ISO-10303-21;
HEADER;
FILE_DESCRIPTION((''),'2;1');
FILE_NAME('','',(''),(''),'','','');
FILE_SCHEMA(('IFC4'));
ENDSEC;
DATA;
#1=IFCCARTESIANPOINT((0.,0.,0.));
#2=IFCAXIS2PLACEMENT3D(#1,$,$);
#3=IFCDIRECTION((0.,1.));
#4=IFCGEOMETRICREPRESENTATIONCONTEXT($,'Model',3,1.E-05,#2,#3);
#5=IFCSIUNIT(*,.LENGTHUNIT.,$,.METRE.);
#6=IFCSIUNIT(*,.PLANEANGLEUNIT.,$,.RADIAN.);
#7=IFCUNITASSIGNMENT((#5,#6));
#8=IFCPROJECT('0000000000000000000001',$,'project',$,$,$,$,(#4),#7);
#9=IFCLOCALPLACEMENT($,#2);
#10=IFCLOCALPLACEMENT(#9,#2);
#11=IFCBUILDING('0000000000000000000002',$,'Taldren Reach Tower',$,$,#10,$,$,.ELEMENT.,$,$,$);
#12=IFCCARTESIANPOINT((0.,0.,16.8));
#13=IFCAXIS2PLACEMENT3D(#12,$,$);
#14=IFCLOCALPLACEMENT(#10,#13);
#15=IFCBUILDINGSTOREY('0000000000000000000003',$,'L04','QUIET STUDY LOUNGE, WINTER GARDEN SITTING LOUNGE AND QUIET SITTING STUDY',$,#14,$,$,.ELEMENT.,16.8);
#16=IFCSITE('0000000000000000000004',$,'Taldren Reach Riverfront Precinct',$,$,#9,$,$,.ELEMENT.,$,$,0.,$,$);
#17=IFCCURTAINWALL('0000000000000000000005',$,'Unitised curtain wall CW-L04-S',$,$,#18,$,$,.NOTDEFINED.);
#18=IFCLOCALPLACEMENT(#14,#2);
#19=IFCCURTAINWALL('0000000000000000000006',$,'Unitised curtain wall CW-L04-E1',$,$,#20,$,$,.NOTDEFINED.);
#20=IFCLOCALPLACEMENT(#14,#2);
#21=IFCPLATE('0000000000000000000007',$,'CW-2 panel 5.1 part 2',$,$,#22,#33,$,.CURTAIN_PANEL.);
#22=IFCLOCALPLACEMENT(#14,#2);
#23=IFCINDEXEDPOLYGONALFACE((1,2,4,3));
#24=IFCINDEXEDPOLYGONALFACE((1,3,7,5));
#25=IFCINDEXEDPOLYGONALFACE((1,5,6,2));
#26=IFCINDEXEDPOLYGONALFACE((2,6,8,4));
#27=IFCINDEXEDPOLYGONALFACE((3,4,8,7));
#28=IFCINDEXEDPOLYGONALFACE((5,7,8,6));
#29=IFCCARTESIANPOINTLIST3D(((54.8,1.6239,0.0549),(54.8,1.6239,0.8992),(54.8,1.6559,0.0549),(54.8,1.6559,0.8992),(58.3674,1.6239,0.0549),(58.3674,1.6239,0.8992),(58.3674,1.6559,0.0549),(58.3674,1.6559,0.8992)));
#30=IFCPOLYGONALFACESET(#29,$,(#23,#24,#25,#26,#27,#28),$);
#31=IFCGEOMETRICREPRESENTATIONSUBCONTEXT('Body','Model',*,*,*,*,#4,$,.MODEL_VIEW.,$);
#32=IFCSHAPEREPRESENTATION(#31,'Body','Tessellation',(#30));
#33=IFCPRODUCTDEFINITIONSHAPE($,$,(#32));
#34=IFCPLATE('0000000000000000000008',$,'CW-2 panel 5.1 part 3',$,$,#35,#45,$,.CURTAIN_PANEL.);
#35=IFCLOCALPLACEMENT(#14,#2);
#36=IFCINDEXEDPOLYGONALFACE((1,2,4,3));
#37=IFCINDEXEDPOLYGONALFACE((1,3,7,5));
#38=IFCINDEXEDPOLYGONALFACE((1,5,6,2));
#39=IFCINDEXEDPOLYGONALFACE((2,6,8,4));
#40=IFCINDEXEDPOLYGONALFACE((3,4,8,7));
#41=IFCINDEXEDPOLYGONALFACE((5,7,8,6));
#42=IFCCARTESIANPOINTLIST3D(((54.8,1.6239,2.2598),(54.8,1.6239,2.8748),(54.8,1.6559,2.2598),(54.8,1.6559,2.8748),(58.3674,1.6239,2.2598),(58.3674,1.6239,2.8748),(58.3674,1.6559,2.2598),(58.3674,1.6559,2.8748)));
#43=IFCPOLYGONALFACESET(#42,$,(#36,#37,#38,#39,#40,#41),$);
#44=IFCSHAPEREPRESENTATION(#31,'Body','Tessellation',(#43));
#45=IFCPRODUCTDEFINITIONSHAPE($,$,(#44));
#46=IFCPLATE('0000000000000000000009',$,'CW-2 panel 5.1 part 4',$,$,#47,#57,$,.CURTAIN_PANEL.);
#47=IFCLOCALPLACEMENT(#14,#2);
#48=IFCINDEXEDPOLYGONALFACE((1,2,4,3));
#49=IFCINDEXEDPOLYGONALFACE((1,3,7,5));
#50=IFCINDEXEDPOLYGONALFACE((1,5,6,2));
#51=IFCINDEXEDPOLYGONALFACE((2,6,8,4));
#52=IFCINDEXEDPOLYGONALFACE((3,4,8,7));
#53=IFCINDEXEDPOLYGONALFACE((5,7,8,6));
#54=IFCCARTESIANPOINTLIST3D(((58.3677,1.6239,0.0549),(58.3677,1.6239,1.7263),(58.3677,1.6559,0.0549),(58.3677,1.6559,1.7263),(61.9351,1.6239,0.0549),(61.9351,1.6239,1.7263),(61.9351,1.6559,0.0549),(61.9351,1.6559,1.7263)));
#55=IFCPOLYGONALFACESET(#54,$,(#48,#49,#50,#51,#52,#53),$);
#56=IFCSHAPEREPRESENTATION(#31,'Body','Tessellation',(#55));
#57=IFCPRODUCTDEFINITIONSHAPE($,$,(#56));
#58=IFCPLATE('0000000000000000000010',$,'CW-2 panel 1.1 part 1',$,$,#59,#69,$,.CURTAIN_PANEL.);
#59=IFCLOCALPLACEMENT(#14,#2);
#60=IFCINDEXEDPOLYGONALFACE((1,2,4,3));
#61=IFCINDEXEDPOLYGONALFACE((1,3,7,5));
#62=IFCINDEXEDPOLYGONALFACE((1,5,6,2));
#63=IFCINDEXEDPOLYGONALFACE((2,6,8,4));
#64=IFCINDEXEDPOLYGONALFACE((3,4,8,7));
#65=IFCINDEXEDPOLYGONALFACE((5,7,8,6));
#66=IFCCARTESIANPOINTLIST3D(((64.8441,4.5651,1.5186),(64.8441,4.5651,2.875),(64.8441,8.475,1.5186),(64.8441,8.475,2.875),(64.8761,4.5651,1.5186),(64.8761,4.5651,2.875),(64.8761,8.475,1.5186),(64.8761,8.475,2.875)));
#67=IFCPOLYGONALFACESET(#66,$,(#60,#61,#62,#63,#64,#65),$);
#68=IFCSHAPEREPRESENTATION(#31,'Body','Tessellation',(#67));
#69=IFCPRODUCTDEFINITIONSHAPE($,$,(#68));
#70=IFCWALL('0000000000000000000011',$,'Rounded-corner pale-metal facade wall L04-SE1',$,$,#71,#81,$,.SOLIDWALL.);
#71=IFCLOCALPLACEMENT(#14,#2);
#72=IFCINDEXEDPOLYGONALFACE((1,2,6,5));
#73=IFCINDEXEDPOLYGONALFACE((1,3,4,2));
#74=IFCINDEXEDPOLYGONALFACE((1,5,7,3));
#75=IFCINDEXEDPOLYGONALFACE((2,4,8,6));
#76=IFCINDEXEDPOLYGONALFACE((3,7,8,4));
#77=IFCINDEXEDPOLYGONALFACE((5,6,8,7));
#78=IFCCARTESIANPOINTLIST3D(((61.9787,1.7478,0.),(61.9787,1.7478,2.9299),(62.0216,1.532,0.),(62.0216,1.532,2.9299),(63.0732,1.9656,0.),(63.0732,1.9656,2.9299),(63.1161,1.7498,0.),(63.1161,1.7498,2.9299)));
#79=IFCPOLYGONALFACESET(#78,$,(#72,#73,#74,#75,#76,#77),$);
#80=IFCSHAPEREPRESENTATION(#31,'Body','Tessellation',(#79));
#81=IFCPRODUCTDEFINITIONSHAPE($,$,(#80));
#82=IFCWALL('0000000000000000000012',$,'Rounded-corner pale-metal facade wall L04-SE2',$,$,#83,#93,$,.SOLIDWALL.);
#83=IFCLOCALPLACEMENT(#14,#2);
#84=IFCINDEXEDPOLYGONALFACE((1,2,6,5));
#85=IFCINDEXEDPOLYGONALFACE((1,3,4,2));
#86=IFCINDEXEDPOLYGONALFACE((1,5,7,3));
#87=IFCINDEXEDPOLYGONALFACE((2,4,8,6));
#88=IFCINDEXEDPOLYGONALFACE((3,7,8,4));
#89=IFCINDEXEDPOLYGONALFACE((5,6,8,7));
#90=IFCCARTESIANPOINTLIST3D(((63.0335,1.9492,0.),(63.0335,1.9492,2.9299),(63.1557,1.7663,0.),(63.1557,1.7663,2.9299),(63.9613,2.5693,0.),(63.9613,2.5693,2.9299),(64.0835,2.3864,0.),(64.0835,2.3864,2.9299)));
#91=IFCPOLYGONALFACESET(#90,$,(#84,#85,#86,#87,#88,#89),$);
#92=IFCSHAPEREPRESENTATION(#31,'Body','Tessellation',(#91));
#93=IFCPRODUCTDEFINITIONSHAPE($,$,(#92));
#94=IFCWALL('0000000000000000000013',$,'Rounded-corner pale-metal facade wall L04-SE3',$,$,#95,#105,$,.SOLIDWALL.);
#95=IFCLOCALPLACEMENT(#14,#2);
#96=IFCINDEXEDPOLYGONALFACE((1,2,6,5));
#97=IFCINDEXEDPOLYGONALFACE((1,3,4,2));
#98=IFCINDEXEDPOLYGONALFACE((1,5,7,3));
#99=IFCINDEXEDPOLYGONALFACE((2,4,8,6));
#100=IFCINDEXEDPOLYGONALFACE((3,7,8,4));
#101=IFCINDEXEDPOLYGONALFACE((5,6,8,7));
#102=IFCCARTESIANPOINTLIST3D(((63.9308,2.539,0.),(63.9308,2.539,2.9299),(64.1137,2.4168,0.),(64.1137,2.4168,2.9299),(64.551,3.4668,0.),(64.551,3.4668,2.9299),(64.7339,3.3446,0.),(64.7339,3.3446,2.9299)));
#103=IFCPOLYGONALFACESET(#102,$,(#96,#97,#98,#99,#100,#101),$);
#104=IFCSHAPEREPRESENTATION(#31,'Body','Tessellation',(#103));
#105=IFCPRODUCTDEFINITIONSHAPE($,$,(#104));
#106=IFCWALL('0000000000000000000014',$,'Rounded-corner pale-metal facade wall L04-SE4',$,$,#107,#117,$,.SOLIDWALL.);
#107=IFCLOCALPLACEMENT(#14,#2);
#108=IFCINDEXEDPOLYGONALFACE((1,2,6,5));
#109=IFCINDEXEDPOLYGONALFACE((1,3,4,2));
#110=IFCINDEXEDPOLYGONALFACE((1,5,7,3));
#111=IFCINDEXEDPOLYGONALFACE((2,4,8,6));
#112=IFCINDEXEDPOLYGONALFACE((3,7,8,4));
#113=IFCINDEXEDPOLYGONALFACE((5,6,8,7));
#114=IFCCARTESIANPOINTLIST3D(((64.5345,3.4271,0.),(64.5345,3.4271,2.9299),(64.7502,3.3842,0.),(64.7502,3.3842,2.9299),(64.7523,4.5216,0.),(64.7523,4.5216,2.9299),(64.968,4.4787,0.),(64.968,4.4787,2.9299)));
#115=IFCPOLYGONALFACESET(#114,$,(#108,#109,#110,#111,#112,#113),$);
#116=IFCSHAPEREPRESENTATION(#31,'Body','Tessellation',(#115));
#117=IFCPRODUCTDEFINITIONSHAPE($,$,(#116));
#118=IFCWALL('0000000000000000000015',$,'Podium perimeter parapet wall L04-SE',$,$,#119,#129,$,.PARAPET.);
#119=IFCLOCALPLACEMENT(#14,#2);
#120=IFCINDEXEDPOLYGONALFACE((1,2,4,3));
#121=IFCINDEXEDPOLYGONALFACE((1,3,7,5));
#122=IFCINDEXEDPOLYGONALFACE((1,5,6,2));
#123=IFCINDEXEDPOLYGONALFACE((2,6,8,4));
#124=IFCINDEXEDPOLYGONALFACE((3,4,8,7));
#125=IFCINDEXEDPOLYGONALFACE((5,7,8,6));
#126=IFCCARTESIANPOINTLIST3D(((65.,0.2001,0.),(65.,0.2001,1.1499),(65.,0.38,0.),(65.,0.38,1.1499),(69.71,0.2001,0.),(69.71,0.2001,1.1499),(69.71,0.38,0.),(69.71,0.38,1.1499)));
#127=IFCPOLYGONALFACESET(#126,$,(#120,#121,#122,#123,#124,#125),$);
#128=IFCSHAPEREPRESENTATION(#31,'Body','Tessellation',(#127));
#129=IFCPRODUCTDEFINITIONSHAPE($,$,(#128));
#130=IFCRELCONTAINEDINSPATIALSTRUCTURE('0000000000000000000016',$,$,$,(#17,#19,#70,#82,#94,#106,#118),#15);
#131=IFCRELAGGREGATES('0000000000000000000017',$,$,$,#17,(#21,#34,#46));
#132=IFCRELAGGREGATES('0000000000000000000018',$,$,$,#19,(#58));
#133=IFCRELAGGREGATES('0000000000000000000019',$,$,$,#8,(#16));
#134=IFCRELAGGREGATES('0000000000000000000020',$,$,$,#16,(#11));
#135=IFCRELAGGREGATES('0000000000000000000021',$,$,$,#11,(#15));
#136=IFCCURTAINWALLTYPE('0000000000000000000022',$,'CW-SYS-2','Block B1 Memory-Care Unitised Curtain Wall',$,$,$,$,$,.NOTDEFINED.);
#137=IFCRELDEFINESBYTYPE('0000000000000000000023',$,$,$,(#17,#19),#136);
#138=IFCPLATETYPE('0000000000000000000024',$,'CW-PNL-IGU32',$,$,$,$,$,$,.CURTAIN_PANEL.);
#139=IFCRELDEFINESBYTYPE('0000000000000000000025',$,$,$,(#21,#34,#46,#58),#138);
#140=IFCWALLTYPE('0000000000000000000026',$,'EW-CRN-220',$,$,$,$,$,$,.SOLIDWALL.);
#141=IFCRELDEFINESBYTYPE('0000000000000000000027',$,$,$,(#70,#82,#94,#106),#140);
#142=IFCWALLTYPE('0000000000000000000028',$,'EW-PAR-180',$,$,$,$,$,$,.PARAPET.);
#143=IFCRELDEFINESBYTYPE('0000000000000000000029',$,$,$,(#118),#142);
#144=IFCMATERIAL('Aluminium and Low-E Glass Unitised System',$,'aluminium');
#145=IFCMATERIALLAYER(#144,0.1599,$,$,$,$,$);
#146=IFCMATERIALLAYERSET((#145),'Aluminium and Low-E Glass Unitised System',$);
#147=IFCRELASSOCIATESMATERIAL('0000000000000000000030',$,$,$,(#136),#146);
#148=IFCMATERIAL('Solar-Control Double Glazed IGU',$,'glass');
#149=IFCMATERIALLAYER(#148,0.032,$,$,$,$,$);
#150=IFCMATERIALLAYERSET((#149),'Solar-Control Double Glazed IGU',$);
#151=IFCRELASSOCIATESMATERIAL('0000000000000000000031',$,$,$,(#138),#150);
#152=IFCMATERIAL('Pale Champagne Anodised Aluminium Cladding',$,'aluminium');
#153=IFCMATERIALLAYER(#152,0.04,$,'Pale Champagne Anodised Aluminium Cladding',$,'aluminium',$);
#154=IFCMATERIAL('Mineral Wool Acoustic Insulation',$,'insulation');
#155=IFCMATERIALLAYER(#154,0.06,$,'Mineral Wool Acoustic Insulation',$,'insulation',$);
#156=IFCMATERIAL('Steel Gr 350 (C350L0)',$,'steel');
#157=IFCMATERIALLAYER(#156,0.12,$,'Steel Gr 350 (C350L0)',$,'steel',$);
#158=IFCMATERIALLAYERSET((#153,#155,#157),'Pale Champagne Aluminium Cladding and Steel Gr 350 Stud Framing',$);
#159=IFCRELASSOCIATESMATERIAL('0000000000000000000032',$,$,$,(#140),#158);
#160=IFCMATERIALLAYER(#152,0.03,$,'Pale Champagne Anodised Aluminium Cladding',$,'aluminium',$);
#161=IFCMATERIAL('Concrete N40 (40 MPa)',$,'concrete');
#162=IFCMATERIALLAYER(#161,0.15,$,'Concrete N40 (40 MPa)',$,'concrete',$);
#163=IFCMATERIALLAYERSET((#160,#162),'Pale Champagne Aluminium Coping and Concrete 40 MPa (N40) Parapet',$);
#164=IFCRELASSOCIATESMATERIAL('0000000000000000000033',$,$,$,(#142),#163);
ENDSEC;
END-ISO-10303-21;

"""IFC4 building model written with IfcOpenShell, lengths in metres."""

from ifc_helpers import new_model, si_unit, direction, frame, frame_2d, origin, origin_2d, place, context, subcontext, project, spatial, rectangle, extrude, source, transform, mapped, material, layer, layer_set, type_object, element, aggregate, save


model = new_model("IFC4")

# Units and contexts
model_context = context("Model", 3, precision=1e-05, world=origin(), true_north=direction((0.0, 1.0)))
body_context = subcontext(model_context, "Body", "Model", "MODEL_VIEW")
ifc_project = project(units=[si_unit("LENGTHUNIT", "METRE"), si_unit("PLANEANGLEUNIT", "RADIAN")], contexts=[model_context])

# Site, building, storey
site_placement = place(None, origin())
site = spatial("IfcSite", under=ifc_project, at=site_placement, Name="Taldren Reach Riverfront Precinct", CompositionType="ELEMENT", RefElevation=0.0)
building_placement = place(site_placement, origin())
building = spatial("IfcBuilding", under=site, at=building_placement, Name="Taldren Reach Tower", CompositionType="ELEMENT")
storey_placement = place(building_placement, frame((0.0, 0.0, 16.8)))
storey = spatial("IfcBuildingStorey", under=building, at=storey_placement, Name="L04", Description="QUIET STUDY LOUNGE, WINTER GARDEN SITTING LOUNGE AND QUIET SITTING STUDY", CompositionType="ELEMENT", Elevation=16.8)

# Shared definitions
ifc_material_1 = material(Name="Steel Gr 350 (C350L0)", Category="steel")

# Curtain wall
ifc_material_2 = material(Name="Aluminium and Low-E Glass Unitised System", Category="aluminium")
ifc_layer_1 = layer(ifc_material_2, 0.1599)
ifc_layer_set_1 = layer_set([ifc_layer_1], Name="Aluminium and Low-E Glass Unitised System")
curtain_wall_type = type_object("IfcCurtainWallType", Name="CW-SYS-2", Description="Block B1 Memory-Care Unitised Curtain Wall", PredefinedType="NOTDEFINED", material=ifc_layer_set_1)
curtain_wall_1_placement = place(storey_placement, origin())
curtain_wall_1 = element("IfcCurtainWall", 1, at=curtain_wall_1_placement, inside=storey, type_object=curtain_wall_type, Name="Unitised curtain wall CW-L04-S", PredefinedType="NOTDEFINED")

# Curtain wall
curtain_wall_2_placement = place(storey_placement, origin())
curtain_wall_2 = element("IfcCurtainWall", 2, at=curtain_wall_2_placement, inside=storey, type_object=curtain_wall_type, Name="Unitised curtain wall CW-L04-E1", PredefinedType="NOTDEFINED")

# Plates
ifc_material_3 = material(Name="Solar-Control Double Glazed IGU", Category="glass")
ifc_layer_2 = layer(ifc_material_3, 0.032)
ifc_layer_set_2 = layer_set([ifc_layer_2], Name="Solar-Control Double Glazed IGU")
plate_type_1 = type_object("IfcPlateType", Name="CW-PNL-IGU32", PredefinedType="CURTAIN_PANEL", material=ifc_layer_set_2)
shared_shape_1 = source(origin(), body_context, "Body", "SweptSolid", [
    extrude(rectangle(XDim=3.5674, YDim=0.032, at=origin_2d()), origin(), (0.0, 0.0, 1.0), 0.8442),
])
plate_1_placement = place(storey_placement, frame((56.5837, 1.6399, 0.0549), z_axis=(0.0, 0.0, 1.0), x_axis=(1.0, 0.0, 0.0)))
plate_1 = element("IfcPlate", 3, at=plate_1_placement, type_object=plate_type_1, Name="CW-2 panel 5.1 part 2", PredefinedType="CURTAIN_PANEL", context=body_context, shape_type="MappedRepresentation", body=[
    mapped(shared_shape_1, transform((0.0, 0.0, 0.0), scale=1.0)),
])
shared_shape_2 = source(origin(), body_context, "Body", "SweptSolid", [
    extrude(rectangle(XDim=3.5674, YDim=0.032, at=origin_2d()), origin(), (0.0, 0.0, 1.0), 0.615),
])
plate_2_placement = place(storey_placement, frame((56.5837, 1.6399, 2.2598), z_axis=(0.0, 0.0, 1.0), x_axis=(1.0, 0.0, 0.0)))
plate_2 = element("IfcPlate", 4, at=plate_2_placement, type_object=plate_type_1, Name="CW-2 panel 5.1 part 3", PredefinedType="CURTAIN_PANEL", context=body_context, shape_type="MappedRepresentation", body=[
    mapped(shared_shape_2, transform((0.0, 0.0, 0.0), scale=1.0)),
])
shared_shape_3 = source(origin(), body_context, "Body", "SweptSolid", [
    extrude(rectangle(XDim=3.5674, YDim=0.032, at=origin_2d()), origin(), (0.0, 0.0, 1.0), 1.6714),
])
plate_3_placement = place(storey_placement, frame((60.1514, 1.6399, 0.0549), z_axis=(0.0, 0.0, 1.0), x_axis=(1.0, 0.0, 0.0)))
plate_3 = element("IfcPlate", 5, at=plate_3_placement, type_object=plate_type_1, Name="CW-2 panel 5.1 part 4", PredefinedType="CURTAIN_PANEL", context=body_context, shape_type="MappedRepresentation", body=[
    mapped(shared_shape_3, transform((0.0, 0.0, 0.0), scale=1.0)),
])
aggregate(curtain_wall_1, [plate_1, plate_2, plate_3])
shared_shape_4 = source(origin(), body_context, "Body", "SweptSolid", [
    extrude(rectangle(XDim=3.9099, YDim=0.032, at=origin_2d()), origin(), (0.0, 0.0, 1.0), 1.3564),
])
plate_4_placement = place(storey_placement, frame((64.8601, 6.52, 1.5186), z_axis=(0.0, 0.0, 1.0), x_axis=(0.0, 1.0, 0.0)))
plate_4 = element("IfcPlate", 6, at=plate_4_placement, type_object=plate_type_1, Name="CW-2 panel 1.1 part 1", PredefinedType="CURTAIN_PANEL", context=body_context, shape_type="MappedRepresentation", body=[
    mapped(shared_shape_4, transform((0.0, 0.0, 0.0), scale=1.0)),
])
aggregate(curtain_wall_2, [plate_4])

# Walls
ifc_material_4 = material(Name="Pale Champagne Anodised Aluminium Cladding", Category="aluminium")
ifc_layer_3 = layer(ifc_material_4, 0.04, Name="Pale Champagne Anodised Aluminium Cladding", Category="aluminium")
ifc_material_5 = material(Name="Mineral Wool Acoustic Insulation", Category="insulation")
ifc_layer_4 = layer(ifc_material_5, 0.06, Name="Mineral Wool Acoustic Insulation", Category="insulation")
ifc_layer_5 = layer(ifc_material_1, 0.12, Name="Steel Gr 350 (C350L0)", Category="steel")
ifc_layer_set_3 = layer_set([ifc_layer_3, ifc_layer_4, ifc_layer_5], Name="Pale Champagne Aluminium Cladding and Steel Gr 350 Stud Framing")
wall_type_1 = type_object("IfcWallType", Name="EW-CRN-220", PredefinedType="SOLIDWALL", material=ifc_layer_set_3)
shared_shape_5 = source(origin(), body_context, "Body", "SweptSolid", [
    extrude(rectangle(XDim=1.116, YDim=0.22, at=frame_2d((0.5581, 0.0))), origin(), (0.0, 0.0, 1.0), 2.9299),
])
for number, where, z_axis, x_axis, name in (
    (7, (62.0, 1.6399, 0.0), (0.0, 0.0, 1.0), (0.980774, 0.195148, 0.0), "Rounded-corner pale-metal facade wall L04-SE1"),
    (8, (63.0945, 1.8577, 0.0), (0.0, 0.0, 1.0), (0.831377, 0.55571, 0.0), "Rounded-corner pale-metal facade wall L04-SE2"),
    (9, (64.0222, 2.4778, 0.0), (0.0, 0.0, 1.0), (0.55571, 0.831377, 0.0), "Rounded-corner pale-metal facade wall L04-SE3"),
    (10, (64.6423, 3.4055, 0.0), (0.0, 0.0, 1.0), (0.195148, 0.980774, 0.0), "Rounded-corner pale-metal facade wall L04-SE4"),
):
    element("IfcWall", number, at=place(storey_placement, frame(where, z_axis=z_axis, x_axis=x_axis)), inside=storey, type_object=wall_type_1, Name=name, PredefinedType="SOLIDWALL", context=body_context, shape_type="MappedRepresentation", body=[
        mapped(shared_shape_5, transform((0.0, 0.0, 0.0), scale=1.0)),
    ])
ifc_layer_6 = layer(ifc_material_4, 0.03, Name="Pale Champagne Anodised Aluminium Cladding", Category="aluminium")
ifc_material_6 = material(Name="Concrete N40 (40 MPa)", Category="concrete")
ifc_layer_7 = layer(ifc_material_6, 0.15, Name="Concrete N40 (40 MPa)", Category="concrete")
ifc_layer_set_4 = layer_set([ifc_layer_6, ifc_layer_7], Name="Pale Champagne Aluminium Coping and Concrete 40 MPa (N40) Parapet")
wall_type_2 = type_object("IfcWallType", Name="EW-PAR-180", PredefinedType="PARAPET", material=ifc_layer_set_4)
shared_shape_6 = source(origin(), body_context, "Body", "SweptSolid", [
    extrude(rectangle(XDim=4.71, YDim=0.1799, at=frame_2d((2.355, 0.0))), origin(), (0.0, 0.0, 1.0), 1.1499),
])
wall_placement = place(storey_placement, frame((65.0, 0.29, 0.0), z_axis=(0.0, 0.0, 1.0), x_axis=(1.0, 0.0, 0.0)))
element("IfcWall", 11, at=wall_placement, inside=storey, type_object=wall_type_2, Name="Podium perimeter parapet wall L04-SE", PredefinedType="PARAPET", context=body_context, shape_type="MappedRepresentation", body=[
    mapped(shared_shape_6, transform((0.0, 0.0, 0.0), scale=1.0)),
])

save(model, "model.ifc")
